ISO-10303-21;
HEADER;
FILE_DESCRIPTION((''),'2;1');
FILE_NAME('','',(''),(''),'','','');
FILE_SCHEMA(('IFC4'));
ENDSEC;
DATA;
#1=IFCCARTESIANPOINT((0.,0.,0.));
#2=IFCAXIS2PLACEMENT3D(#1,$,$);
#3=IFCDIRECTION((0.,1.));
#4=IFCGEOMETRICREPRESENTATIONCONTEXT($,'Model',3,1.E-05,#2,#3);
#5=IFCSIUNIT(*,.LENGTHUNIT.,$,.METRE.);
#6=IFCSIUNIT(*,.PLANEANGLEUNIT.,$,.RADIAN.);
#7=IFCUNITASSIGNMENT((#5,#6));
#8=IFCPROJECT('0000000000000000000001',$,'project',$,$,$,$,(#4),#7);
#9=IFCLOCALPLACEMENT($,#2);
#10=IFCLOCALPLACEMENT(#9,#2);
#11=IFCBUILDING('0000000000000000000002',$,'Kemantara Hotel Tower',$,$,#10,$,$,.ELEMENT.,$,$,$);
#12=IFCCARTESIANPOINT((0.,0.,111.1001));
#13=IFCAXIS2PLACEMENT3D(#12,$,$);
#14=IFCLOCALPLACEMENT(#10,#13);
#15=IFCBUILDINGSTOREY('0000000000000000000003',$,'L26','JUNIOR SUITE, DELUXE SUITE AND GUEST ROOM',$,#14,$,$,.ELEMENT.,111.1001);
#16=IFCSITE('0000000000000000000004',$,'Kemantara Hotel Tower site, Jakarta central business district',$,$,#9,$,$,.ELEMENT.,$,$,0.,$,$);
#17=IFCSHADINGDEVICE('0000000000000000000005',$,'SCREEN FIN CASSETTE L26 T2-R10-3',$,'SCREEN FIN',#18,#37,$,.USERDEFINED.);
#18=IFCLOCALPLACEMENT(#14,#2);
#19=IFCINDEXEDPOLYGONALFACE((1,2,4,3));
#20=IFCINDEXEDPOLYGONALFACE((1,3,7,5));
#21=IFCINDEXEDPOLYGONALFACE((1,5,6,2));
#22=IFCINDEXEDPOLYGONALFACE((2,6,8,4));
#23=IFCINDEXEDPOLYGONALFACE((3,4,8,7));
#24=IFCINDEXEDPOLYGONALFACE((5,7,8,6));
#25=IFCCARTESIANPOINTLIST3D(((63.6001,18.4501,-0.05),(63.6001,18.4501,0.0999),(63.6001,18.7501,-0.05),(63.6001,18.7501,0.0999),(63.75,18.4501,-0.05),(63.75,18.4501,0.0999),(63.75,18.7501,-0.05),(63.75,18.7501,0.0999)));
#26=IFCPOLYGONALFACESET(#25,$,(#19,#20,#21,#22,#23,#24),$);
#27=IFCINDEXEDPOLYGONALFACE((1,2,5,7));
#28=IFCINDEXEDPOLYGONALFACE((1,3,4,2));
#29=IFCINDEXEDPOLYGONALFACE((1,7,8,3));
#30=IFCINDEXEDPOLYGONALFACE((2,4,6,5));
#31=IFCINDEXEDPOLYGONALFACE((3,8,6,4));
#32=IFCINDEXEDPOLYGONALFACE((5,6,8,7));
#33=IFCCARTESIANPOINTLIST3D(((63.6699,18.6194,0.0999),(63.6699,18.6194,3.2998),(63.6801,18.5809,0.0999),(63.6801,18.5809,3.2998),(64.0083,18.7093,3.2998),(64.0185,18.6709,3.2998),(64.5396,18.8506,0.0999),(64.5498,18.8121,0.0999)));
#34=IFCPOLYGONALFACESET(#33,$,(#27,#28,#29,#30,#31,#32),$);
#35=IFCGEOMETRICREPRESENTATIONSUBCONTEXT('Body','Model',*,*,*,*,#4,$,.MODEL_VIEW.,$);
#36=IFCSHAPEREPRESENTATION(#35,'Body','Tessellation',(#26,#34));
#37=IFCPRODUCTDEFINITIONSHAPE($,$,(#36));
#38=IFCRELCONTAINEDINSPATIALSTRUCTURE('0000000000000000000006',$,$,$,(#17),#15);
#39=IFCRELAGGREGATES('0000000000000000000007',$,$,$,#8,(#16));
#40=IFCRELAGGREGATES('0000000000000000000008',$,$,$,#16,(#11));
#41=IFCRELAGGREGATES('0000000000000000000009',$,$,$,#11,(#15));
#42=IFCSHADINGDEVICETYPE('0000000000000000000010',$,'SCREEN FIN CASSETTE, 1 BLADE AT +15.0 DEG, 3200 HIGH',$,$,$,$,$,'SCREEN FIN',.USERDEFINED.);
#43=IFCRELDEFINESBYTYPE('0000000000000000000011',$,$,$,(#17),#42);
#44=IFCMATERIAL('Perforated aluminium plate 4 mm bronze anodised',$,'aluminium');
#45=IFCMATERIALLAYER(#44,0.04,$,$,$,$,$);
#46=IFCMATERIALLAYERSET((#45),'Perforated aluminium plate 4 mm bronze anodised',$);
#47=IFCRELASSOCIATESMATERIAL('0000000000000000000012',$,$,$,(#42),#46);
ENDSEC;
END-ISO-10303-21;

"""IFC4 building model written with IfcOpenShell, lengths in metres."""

from ifc_helpers import new_model, si_unit, direction, frame, origin, origin_2d, place, context, subcontext, project, spatial, polyline, rectangle, outline, extrude, source, transform, mapped, material, layer, layer_set, type_object, element, save


model = new_model("IFC4")

# Units and contexts
model_context = context("Model", 3, precision=1e-05, world=origin(), true_north=direction((0.0, 1.0)))
body_context = subcontext(model_context, "Body", "Model", "MODEL_VIEW")
ifc_project = project(units=[si_unit("LENGTHUNIT", "METRE"), si_unit("PLANEANGLEUNIT", "RADIAN")], contexts=[model_context])

# Site, building, storey
site_placement = place(None, origin())
site = spatial("IfcSite", under=ifc_project, at=site_placement, Name="Kemantara Hotel Tower site, Jakarta central business district", CompositionType="ELEMENT", RefElevation=0.0)
building_placement = place(site_placement, origin())
building = spatial("IfcBuilding", under=site, at=building_placement, Name="Kemantara Hotel Tower", CompositionType="ELEMENT")
storey_placement = place(building_placement, frame((0.0, 0.0, 111.1001)))
storey = spatial("IfcBuildingStorey", under=building, at=storey_placement, Name="L26", Description="JUNIOR SUITE, DELUXE SUITE AND GUEST ROOM", CompositionType="ELEMENT", Elevation=111.1001)

# Shading device
ifc_material_1 = material(Name="Perforated aluminium plate 4 mm bronze anodised", Category="aluminium")
ifc_layer_1 = layer(ifc_material_1, 0.04)
ifc_layer_set_1 = layer_set([ifc_layer_1], Name="Perforated aluminium plate 4 mm bronze anodised")
shading_device_type_1 = type_object("IfcShadingDeviceType", Name="SCREEN FIN CASSETTE, 1 BLADE AT +15.0 DEG, 3200 HIGH", ElementType="SCREEN FIN", PredefinedType="USERDEFINED", material=ifc_layer_set_1)
shared_shape_1 = source(origin(), body_context, "Body", "SweptSolid", [
    extrude(rectangle(XDim=0.3, YDim=0.1499, at=origin_2d()), frame((0.0, -0.075, -0.1499), z_axis=(0.0, 0.0, 1.0), x_axis=(1.0, 0.0, 0.0)), (0.0, 0.0, 1.0), 0.1499),
    extrude(outline(polyline([(0.0, 0.0), (0.8999, 0.0), (0.3501, 3.2), (0.0, 3.2), (0.0, 0.0)])), frame((0.0193, -0.0698, 0.0), z_axis=(-0.966438, -0.256901, 0.0), x_axis=(0.256901, -0.966438, 0.0)), (0.0, 0.0, 1.0), 0.0398),
])
shading_device_1_placement = place(storey_placement, frame((63.6001, 18.6001, 0.0999), z_axis=(0.0, 0.0, 1.0), x_axis=(0.0, 1.0, 0.0)))
element("IfcShadingDevice", 1, at=shading_device_1_placement, inside=storey, type_object=shading_device_type_1, Name="SCREEN FIN CASSETTE L26 T2-R10-3", ObjectType="SCREEN FIN", PredefinedType="USERDEFINED", context=body_context, shape_type="MappedRepresentation", body=[
    mapped(shared_shape_1, transform((0.0, 0.0, 0.0))),
])

save(model, "model.ifc")
